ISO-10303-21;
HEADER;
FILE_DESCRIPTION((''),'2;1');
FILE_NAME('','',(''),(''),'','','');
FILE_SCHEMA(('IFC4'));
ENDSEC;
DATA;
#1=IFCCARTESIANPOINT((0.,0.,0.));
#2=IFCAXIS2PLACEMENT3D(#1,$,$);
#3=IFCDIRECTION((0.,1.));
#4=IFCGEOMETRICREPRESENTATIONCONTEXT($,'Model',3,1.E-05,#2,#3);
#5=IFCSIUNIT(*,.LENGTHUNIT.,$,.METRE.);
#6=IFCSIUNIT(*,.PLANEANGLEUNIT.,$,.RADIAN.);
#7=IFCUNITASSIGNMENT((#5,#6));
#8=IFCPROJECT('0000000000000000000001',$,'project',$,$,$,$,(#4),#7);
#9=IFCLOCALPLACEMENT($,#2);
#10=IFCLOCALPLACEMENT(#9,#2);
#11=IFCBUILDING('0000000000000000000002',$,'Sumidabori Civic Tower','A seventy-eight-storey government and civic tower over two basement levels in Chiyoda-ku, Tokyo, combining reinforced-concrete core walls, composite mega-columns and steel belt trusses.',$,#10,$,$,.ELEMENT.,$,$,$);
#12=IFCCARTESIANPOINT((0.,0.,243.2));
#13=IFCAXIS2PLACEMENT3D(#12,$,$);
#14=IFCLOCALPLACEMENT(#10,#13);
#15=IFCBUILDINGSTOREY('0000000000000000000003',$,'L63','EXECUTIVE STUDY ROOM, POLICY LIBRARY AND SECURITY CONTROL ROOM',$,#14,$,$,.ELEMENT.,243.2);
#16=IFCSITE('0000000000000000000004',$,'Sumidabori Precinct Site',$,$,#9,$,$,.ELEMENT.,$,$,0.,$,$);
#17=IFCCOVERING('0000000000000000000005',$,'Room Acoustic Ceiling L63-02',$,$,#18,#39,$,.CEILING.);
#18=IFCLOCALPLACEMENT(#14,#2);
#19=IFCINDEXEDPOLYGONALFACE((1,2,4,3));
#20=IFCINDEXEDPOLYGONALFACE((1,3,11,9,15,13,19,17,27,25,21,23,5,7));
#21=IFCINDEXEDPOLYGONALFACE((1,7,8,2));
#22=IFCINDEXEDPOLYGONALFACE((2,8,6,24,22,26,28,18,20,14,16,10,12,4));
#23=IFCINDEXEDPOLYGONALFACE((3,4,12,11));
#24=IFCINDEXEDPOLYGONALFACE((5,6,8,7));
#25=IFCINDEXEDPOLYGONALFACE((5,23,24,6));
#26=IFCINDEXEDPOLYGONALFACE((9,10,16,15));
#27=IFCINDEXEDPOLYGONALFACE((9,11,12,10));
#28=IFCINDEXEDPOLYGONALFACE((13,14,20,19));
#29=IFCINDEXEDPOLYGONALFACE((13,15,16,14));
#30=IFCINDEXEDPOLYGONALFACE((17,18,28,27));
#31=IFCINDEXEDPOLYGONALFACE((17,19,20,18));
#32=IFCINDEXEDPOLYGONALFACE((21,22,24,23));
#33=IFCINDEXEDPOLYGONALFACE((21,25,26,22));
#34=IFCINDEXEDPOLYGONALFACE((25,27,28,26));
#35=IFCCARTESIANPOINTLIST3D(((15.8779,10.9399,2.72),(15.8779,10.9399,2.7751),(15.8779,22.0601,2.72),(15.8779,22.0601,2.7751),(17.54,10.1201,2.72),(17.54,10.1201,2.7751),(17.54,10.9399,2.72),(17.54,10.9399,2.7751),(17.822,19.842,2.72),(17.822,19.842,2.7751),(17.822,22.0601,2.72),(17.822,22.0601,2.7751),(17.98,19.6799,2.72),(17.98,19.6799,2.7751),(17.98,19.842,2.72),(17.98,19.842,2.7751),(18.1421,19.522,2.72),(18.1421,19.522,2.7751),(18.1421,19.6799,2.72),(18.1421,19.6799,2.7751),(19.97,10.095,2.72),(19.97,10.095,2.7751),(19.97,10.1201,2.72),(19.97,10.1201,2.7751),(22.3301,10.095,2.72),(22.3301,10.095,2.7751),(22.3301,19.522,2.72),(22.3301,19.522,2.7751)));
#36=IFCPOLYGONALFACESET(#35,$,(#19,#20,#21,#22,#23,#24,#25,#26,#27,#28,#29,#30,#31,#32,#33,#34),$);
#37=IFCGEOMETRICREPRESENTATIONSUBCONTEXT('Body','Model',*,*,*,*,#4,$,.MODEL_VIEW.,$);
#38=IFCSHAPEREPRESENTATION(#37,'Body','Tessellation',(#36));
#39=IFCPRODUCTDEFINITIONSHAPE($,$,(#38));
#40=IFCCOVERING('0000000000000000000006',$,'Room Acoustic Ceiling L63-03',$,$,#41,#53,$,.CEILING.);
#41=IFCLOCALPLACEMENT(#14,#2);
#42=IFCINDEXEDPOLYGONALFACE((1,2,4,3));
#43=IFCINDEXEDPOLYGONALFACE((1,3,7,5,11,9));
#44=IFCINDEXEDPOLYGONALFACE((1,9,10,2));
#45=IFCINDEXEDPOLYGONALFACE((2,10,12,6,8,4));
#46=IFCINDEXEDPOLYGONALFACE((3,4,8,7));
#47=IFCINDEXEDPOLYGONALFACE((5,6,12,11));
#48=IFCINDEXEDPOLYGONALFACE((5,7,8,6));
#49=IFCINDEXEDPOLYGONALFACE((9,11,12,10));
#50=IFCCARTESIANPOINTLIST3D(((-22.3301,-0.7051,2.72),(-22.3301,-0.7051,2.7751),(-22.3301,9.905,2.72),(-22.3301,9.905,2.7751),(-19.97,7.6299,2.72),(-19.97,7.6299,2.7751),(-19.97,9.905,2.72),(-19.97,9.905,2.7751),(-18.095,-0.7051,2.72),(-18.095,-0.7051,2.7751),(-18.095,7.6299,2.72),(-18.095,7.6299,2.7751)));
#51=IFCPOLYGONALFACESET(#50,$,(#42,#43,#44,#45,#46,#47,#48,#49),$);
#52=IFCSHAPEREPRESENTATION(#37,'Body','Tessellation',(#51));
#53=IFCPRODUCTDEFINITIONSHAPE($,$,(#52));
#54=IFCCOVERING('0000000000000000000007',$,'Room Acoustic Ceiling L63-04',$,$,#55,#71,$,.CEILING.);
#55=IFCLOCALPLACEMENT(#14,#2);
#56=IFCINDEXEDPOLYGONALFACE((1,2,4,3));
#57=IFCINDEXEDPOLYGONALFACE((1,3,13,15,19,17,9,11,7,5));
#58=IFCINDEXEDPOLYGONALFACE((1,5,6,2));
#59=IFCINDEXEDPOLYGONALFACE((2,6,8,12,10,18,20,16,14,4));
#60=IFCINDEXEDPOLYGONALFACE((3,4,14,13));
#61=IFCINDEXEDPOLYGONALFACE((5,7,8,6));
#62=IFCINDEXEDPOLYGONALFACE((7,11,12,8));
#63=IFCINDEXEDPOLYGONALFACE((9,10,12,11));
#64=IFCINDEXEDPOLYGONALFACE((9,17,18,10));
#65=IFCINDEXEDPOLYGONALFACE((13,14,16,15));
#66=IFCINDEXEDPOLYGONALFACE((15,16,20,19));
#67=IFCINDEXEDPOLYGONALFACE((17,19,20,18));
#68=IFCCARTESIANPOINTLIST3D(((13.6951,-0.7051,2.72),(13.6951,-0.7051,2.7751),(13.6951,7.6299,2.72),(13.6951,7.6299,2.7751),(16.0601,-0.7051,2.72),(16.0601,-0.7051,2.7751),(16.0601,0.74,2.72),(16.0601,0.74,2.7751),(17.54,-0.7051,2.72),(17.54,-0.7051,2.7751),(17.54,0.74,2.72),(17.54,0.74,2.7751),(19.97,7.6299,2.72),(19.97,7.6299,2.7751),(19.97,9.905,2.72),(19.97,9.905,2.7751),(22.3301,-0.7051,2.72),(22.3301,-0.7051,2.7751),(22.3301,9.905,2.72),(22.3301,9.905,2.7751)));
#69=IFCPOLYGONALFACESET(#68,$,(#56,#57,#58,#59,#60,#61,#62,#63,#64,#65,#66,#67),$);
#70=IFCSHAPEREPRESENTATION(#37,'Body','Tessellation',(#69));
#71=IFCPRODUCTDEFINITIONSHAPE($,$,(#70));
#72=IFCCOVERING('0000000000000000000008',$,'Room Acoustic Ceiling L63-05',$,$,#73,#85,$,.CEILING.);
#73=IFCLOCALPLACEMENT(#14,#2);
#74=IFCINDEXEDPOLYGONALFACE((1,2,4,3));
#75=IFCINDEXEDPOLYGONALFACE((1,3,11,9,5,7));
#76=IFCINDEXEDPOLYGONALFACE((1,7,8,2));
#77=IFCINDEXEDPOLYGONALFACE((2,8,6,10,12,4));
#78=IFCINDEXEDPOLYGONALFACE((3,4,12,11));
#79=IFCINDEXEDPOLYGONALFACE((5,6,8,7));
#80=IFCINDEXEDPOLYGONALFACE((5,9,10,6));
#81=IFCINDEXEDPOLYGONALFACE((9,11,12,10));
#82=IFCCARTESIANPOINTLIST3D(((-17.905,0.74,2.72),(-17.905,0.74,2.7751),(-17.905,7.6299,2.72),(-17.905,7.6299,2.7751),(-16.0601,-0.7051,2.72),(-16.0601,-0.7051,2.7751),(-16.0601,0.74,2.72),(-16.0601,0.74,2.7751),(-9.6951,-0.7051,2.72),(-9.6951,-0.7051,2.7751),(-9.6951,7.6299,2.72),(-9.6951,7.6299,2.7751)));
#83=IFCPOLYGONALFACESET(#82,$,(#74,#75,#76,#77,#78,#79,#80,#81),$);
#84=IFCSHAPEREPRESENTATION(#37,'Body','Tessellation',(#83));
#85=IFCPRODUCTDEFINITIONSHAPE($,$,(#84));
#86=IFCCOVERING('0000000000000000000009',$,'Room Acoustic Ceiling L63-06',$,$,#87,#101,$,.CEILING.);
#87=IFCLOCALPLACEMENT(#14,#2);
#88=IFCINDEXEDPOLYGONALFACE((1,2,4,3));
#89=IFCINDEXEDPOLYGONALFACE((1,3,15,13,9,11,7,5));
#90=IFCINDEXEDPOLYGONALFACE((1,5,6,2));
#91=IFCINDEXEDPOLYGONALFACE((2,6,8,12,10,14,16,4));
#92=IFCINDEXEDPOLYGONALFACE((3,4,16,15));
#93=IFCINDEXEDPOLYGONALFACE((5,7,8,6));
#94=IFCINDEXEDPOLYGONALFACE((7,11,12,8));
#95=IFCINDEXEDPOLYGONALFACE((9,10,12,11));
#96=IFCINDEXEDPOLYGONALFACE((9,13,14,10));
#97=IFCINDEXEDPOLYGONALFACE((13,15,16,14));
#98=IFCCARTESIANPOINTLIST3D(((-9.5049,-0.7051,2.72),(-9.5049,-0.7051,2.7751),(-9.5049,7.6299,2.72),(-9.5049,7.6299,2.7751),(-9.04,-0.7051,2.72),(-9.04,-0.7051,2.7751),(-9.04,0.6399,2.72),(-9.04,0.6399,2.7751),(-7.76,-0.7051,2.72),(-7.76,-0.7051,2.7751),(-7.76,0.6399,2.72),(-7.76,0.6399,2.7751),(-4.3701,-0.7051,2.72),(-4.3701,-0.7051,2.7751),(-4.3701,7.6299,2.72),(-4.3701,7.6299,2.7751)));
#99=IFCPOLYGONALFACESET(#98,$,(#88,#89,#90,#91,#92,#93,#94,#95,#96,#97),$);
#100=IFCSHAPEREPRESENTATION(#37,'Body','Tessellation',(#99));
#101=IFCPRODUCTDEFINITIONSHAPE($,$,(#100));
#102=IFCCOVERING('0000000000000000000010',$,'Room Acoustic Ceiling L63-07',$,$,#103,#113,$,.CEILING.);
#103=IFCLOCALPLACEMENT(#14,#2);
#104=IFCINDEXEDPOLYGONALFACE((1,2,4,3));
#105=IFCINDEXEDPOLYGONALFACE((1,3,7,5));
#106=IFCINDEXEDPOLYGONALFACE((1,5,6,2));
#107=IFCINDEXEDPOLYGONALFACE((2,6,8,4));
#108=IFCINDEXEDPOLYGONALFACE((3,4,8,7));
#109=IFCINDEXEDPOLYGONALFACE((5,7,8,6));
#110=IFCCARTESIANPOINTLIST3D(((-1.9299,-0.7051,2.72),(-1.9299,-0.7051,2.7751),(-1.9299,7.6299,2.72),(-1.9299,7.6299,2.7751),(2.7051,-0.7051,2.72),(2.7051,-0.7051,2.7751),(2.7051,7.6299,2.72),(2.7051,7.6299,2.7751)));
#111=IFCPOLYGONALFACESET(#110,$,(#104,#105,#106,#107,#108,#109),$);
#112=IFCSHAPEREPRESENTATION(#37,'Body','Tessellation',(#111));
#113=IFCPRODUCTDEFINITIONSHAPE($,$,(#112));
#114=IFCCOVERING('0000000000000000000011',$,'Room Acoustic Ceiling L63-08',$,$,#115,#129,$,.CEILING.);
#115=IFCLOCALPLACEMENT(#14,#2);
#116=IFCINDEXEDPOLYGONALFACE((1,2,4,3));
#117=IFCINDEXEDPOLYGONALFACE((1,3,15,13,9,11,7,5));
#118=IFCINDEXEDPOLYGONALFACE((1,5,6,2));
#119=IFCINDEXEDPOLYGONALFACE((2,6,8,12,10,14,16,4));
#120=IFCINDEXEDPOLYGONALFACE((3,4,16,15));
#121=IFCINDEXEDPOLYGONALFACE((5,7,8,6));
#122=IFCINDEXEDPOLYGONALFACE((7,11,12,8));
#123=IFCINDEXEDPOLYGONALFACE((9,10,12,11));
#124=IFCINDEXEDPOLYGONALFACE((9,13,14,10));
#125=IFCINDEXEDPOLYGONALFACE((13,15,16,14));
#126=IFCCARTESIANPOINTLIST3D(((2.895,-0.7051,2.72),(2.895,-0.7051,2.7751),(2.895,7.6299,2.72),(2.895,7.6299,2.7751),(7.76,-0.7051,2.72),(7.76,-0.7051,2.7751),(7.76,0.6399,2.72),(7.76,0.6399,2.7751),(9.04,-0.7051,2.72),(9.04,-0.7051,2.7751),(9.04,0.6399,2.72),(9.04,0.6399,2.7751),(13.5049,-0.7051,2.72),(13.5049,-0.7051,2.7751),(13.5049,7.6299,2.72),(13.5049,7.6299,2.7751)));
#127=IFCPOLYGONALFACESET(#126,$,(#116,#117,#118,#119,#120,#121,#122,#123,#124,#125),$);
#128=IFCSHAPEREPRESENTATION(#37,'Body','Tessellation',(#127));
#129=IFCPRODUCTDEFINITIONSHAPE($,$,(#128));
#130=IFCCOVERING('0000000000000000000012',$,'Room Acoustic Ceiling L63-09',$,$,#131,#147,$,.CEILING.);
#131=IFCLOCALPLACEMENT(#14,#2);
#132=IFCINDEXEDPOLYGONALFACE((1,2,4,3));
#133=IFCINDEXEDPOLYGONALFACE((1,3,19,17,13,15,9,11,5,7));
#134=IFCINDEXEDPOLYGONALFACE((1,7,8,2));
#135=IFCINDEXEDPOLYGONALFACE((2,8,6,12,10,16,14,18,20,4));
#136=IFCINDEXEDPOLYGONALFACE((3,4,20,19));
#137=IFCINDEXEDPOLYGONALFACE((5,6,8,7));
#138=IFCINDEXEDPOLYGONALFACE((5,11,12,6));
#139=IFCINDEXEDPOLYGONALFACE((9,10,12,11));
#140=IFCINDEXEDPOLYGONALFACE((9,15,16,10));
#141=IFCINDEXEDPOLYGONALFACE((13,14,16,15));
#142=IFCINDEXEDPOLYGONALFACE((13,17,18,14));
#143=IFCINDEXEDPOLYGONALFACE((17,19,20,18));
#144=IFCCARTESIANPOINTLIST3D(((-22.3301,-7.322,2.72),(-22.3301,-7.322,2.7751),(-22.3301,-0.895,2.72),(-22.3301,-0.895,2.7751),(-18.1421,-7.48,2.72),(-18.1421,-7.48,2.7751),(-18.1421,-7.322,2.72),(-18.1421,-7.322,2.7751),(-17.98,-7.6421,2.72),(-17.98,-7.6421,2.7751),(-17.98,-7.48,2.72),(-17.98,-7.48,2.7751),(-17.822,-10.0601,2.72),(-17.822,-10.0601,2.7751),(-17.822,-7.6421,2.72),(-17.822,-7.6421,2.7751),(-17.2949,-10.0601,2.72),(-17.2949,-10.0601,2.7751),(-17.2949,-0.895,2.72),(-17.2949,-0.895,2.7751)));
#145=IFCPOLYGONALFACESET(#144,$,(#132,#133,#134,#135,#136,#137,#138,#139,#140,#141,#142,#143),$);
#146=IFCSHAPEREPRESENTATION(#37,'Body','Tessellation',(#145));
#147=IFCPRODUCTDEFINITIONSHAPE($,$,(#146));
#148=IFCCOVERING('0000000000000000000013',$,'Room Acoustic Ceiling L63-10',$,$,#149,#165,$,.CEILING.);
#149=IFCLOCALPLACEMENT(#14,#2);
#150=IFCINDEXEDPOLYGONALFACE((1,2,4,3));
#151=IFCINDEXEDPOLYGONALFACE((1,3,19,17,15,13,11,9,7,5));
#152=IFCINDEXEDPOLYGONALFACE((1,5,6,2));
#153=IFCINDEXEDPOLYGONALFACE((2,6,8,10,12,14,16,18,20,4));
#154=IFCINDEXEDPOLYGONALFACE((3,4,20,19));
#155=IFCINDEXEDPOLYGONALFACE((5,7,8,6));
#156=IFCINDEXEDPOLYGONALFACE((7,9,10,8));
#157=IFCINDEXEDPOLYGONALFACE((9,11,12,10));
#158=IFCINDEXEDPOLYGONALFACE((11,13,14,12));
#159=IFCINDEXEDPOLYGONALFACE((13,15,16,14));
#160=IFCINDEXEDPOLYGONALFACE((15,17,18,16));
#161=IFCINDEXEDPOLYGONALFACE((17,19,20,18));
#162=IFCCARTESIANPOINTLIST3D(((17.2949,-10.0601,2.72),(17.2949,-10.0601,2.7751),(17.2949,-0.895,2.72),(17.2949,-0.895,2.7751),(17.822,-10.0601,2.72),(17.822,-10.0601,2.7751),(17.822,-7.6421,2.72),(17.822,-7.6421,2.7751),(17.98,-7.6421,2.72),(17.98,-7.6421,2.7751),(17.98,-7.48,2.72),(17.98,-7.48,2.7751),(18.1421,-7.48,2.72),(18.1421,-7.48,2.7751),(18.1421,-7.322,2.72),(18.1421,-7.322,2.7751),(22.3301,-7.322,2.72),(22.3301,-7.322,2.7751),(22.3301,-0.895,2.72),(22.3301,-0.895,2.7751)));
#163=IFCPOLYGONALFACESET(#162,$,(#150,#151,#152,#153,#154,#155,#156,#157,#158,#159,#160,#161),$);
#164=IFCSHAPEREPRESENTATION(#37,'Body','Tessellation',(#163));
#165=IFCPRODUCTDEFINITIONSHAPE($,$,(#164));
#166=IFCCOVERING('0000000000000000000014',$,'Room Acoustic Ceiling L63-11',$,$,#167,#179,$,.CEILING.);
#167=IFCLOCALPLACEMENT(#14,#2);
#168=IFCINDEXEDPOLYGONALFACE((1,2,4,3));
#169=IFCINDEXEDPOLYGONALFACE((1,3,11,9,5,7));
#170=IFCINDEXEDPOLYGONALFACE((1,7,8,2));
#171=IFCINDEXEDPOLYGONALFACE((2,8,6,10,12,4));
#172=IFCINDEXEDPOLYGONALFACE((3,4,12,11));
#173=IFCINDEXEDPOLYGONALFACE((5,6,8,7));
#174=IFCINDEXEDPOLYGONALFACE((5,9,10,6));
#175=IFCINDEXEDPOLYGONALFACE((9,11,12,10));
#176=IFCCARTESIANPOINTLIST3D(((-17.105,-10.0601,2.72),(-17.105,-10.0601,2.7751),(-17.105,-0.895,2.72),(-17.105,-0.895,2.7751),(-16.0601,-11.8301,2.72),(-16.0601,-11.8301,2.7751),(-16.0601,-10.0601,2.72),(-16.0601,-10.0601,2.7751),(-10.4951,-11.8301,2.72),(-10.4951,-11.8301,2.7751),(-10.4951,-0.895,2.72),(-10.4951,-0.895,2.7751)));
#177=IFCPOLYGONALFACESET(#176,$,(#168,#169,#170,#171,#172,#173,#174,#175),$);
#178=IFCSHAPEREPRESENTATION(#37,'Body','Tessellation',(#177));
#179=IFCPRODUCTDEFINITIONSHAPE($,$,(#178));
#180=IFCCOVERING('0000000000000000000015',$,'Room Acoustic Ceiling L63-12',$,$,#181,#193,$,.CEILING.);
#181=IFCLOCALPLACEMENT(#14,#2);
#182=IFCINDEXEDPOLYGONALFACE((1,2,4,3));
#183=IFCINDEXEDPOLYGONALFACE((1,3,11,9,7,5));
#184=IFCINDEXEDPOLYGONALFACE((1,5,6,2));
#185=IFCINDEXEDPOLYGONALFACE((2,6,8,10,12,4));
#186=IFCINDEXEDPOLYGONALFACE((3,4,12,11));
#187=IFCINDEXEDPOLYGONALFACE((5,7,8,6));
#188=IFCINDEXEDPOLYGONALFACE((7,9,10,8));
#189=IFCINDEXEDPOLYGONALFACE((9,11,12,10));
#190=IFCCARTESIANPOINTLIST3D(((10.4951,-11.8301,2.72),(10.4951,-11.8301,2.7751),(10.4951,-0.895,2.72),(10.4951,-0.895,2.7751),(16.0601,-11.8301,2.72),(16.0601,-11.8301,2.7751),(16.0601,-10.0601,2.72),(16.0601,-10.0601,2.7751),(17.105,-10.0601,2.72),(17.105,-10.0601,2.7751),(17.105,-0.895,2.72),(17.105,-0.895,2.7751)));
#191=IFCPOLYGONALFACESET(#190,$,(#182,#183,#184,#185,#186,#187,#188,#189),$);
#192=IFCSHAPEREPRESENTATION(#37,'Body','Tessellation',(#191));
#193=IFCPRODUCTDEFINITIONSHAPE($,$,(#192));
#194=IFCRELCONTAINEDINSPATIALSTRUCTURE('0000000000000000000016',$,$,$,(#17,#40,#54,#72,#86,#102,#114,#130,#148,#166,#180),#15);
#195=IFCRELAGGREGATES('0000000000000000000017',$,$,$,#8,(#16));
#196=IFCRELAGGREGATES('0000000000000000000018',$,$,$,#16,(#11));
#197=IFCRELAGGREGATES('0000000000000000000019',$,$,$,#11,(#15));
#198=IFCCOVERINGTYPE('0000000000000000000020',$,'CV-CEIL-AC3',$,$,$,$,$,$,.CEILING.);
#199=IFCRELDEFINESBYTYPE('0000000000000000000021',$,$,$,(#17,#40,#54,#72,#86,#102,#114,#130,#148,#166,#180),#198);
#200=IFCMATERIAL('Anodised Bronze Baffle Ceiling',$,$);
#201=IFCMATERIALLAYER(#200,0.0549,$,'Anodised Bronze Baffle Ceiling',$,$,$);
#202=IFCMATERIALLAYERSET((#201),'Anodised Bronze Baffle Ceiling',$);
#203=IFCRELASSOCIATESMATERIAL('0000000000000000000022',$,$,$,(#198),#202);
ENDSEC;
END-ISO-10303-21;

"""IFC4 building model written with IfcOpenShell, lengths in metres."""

from ifc_helpers import new_model, si_unit, direction, frame, origin, place, context, subcontext, project, spatial, polyline, outline, extrude, material, layer, layer_set, type_object, element, save


model = new_model("IFC4")

# Units and contexts
model_context = context("Model", 3, precision=1e-05, world=origin(), true_north=direction((0.0, 1.0)))
body_context = subcontext(model_context, "Body", "Model", "MODEL_VIEW")
ifc_project = project(units=[si_unit("LENGTHUNIT", "METRE"), si_unit("PLANEANGLEUNIT", "RADIAN")], contexts=[model_context])

# Site, building, storey
site_placement = place(None, origin())
site = spatial("IfcSite", under=ifc_project, at=site_placement, Name="Sumidabori Precinct Site", CompositionType="ELEMENT", RefElevation=0.0)
building_placement = place(site_placement, origin())
building = spatial("IfcBuilding", under=site, at=building_placement, Name="Sumidabori Civic Tower", Description="A seventy-eight-storey government and civic tower over two basement levels in Chiyoda-ku, Tokyo, combining reinforced-concrete core walls, composite mega-columns and steel belt trusses.", CompositionType="ELEMENT")
storey_placement = place(building_placement, frame((0.0, 0.0, 243.2)))
storey = spatial("IfcBuildingStorey", under=building, at=storey_placement, Name="L63", Description="EXECUTIVE STUDY ROOM, POLICY LIBRARY AND SECURITY CONTROL ROOM", CompositionType="ELEMENT", Elevation=243.2)

# Coverings
ifc_material_1 = material(Name="Anodised Bronze Baffle Ceiling")
ifc_layer_1 = layer(ifc_material_1, 0.0549, Name="Anodised Bronze Baffle Ceiling")
ifc_layer_set_1 = layer_set([ifc_layer_1], Name="Anodised Bronze Baffle Ceiling")
covering_type_1 = type_object("IfcCoveringType", Name="CV-CEIL-AC3", PredefinedType="CEILING", material=ifc_layer_set_1)
covering_1_placement = place(storey_placement, frame((0.0, 0.0, 2.72)))
element("IfcCovering", 1, at=covering_1_placement, inside=storey, type_object=covering_type_1, Name="Room Acoustic Ceiling L63-02", PredefinedType="CEILING", context=body_context, shape_type="SweptSolid", body=[
    extrude(outline(polyline([(17.822, 22.0601), (17.822, 19.842), (17.98, 19.842), (17.98, 19.6799), (18.1421, 19.6799), (18.1421, 19.522), (22.3301, 19.522), (22.3301, 10.095), (19.97, 10.095), (19.97, 10.1201), (17.54, 10.1201), (17.54, 10.9399), (15.8779, 10.9399), (15.8779, 22.0601), (17.822, 22.0601)])), origin(), (0.0, 0.0, 1.0), 0.0552),
])
covering_2_placement = place(storey_placement, frame((0.0, 0.0, 2.72)))
element("IfcCovering", 2, at=covering_2_placement, inside=storey, type_object=covering_type_1, Name="Room Acoustic Ceiling L63-03", PredefinedType="CEILING", context=body_context, shape_type="SweptSolid", body=[
    extrude(outline(polyline([(-19.97, 7.6299), (-18.095, 7.6299), (-18.095, -0.7051), (-22.3301, -0.7051), (-22.3301, 9.905), (-19.97, 9.905), (-19.97, 7.6299)])), origin(), (0.0, 0.0, 1.0), 0.0552),
])
covering_3_placement = place(storey_placement, frame((0.0, 0.0, 2.72)))
element("IfcCovering", 3, at=covering_3_placement, inside=storey, type_object=covering_type_1, Name="Room Acoustic Ceiling L63-04", PredefinedType="CEILING", context=body_context, shape_type="SweptSolid", body=[
    extrude(outline(polyline([(13.6951, 7.6299), (19.97, 7.6299), (19.97, 9.905), (22.3301, 9.905), (22.3301, -0.7051), (17.54, -0.7051), (17.54, 0.74), (16.0601, 0.74), (16.0601, -0.7051), (13.6951, -0.7051), (13.6951, 7.6299)])), origin(), (0.0, 0.0, 1.0), 0.0552),
])
covering_4_placement = place(storey_placement, frame((0.0, 0.0, 2.72)))
element("IfcCovering", 4, at=covering_4_placement, inside=storey, type_object=covering_type_1, Name="Room Acoustic Ceiling L63-05", PredefinedType="CEILING", context=body_context, shape_type="SweptSolid", body=[
    extrude(outline(polyline([(-17.905, 7.6299), (-9.6951, 7.6299), (-9.6951, -0.7051), (-16.0601, -0.7051), (-16.0601, 0.74), (-17.905, 0.74), (-17.905, 7.6299)])), origin(), (0.0, 0.0, 1.0), 0.0552),
])
covering_5_placement = place(storey_placement, frame((0.0, 0.0, 2.72)))
element("IfcCovering", 5, at=covering_5_placement, inside=storey, type_object=covering_type_1, Name="Room Acoustic Ceiling L63-06", PredefinedType="CEILING", context=body_context, shape_type="SweptSolid", body=[
    extrude(outline(polyline([(-9.5049, 7.6299), (-4.3701, 7.6299), (-4.3701, -0.7051), (-7.76, -0.7051), (-7.76, 0.6399), (-9.04, 0.6399), (-9.04, -0.7051), (-9.5049, -0.7051), (-9.5049, 7.6299)])), origin(), (0.0, 0.0, 1.0), 0.0552),
])
covering_6_placement = place(storey_placement, frame((0.0, 0.0, 2.72)))
element("IfcCovering", 6, at=covering_6_placement, inside=storey, type_object=covering_type_1, Name="Room Acoustic Ceiling L63-07", PredefinedType="CEILING", context=body_context, shape_type="SweptSolid", body=[
    extrude(outline(polyline([(-1.9299, 7.6299), (2.7051, 7.6299), (2.7051, -0.7051), (-1.9299, -0.7051), (-1.9299, 7.6299)])), origin(), (0.0, 0.0, 1.0), 0.0552),
])
covering_7_placement = place(storey_placement, frame((0.0, 0.0, 2.72)))
element("IfcCovering", 7, at=covering_7_placement, inside=storey, type_object=covering_type_1, Name="Room Acoustic Ceiling L63-08", PredefinedType="CEILING", context=body_context, shape_type="SweptSolid", body=[
    extrude(outline(polyline([(2.895, 7.6299), (13.5049, 7.6299), (13.5049, -0.7051), (9.04, -0.7051), (9.04, 0.6399), (7.76, 0.6399), (7.76, -0.7051), (2.895, -0.7051), (2.895, 7.6299)])), origin(), (0.0, 0.0, 1.0), 0.0552),
])
covering_8_placement = place(storey_placement, frame((0.0, 0.0, 2.72)))
element("IfcCovering", 8, at=covering_8_placement, inside=storey, type_object=covering_type_1, Name="Room Acoustic Ceiling L63-09", PredefinedType="CEILING", context=body_context, shape_type="SweptSolid", body=[
    extrude(outline(polyline([(-22.3301, -7.322), (-22.3301, -0.895), (-17.2949, -0.895), (-17.2949, -10.0601), (-17.822, -10.0601), (-17.822, -7.6421), (-17.98, -7.6421), (-17.98, -7.48), (-18.1421, -7.48), (-18.1421, -7.322), (-22.3301, -7.322)])), origin(), (0.0, 0.0, 1.0), 0.0552),
])
covering_9_placement = place(storey_placement, frame((0.0, 0.0, 2.72)))
element("IfcCovering", 9, at=covering_9_placement, inside=storey, type_object=covering_type_1, Name="Room Acoustic Ceiling L63-10", PredefinedType="CEILING", context=body_context, shape_type="SweptSolid", body=[
    extrude(outline(polyline([(22.3301, -0.895), (22.3301, -7.322), (18.1421, -7.322), (18.1421, -7.48), (17.98, -7.48), (17.98, -7.6421), (17.822, -7.6421), (17.822, -10.0601), (17.2949, -10.0601), (17.2949, -0.895), (22.3301, -0.895)])), origin(), (0.0, 0.0, 1.0), 0.0552),
])
covering_10_placement = place(storey_placement, frame((0.0, 0.0, 2.72)))
element("IfcCovering", 10, at=covering_10_placement, inside=storey, type_object=covering_type_1, Name="Room Acoustic Ceiling L63-11", PredefinedType="CEILING", context=body_context, shape_type="SweptSolid", body=[
    extrude(outline(polyline([(-16.0601, -10.0601), (-17.105, -10.0601), (-17.105, -0.895), (-10.4951, -0.895), (-10.4951, -11.8301), (-16.0601, -11.8301), (-16.0601, -10.0601)])), origin(), (0.0, 0.0, 1.0), 0.0552),
])
covering_11_placement = place(storey_placement, frame((0.0, 0.0, 2.72)))
element("IfcCovering", 11, at=covering_11_placement, inside=storey, type_object=covering_type_1, Name="Room Acoustic Ceiling L63-12", PredefinedType="CEILING", context=body_context, shape_type="SweptSolid", body=[
    extrude(outline(polyline([(10.4951, -11.8301), (10.4951, -0.895), (17.105, -0.895), (17.105, -10.0601), (16.0601, -10.0601), (16.0601, -11.8301), (10.4951, -11.8301)])), origin(), (0.0, 0.0, 1.0), 0.0552),
])

save(model, "model.ifc")
